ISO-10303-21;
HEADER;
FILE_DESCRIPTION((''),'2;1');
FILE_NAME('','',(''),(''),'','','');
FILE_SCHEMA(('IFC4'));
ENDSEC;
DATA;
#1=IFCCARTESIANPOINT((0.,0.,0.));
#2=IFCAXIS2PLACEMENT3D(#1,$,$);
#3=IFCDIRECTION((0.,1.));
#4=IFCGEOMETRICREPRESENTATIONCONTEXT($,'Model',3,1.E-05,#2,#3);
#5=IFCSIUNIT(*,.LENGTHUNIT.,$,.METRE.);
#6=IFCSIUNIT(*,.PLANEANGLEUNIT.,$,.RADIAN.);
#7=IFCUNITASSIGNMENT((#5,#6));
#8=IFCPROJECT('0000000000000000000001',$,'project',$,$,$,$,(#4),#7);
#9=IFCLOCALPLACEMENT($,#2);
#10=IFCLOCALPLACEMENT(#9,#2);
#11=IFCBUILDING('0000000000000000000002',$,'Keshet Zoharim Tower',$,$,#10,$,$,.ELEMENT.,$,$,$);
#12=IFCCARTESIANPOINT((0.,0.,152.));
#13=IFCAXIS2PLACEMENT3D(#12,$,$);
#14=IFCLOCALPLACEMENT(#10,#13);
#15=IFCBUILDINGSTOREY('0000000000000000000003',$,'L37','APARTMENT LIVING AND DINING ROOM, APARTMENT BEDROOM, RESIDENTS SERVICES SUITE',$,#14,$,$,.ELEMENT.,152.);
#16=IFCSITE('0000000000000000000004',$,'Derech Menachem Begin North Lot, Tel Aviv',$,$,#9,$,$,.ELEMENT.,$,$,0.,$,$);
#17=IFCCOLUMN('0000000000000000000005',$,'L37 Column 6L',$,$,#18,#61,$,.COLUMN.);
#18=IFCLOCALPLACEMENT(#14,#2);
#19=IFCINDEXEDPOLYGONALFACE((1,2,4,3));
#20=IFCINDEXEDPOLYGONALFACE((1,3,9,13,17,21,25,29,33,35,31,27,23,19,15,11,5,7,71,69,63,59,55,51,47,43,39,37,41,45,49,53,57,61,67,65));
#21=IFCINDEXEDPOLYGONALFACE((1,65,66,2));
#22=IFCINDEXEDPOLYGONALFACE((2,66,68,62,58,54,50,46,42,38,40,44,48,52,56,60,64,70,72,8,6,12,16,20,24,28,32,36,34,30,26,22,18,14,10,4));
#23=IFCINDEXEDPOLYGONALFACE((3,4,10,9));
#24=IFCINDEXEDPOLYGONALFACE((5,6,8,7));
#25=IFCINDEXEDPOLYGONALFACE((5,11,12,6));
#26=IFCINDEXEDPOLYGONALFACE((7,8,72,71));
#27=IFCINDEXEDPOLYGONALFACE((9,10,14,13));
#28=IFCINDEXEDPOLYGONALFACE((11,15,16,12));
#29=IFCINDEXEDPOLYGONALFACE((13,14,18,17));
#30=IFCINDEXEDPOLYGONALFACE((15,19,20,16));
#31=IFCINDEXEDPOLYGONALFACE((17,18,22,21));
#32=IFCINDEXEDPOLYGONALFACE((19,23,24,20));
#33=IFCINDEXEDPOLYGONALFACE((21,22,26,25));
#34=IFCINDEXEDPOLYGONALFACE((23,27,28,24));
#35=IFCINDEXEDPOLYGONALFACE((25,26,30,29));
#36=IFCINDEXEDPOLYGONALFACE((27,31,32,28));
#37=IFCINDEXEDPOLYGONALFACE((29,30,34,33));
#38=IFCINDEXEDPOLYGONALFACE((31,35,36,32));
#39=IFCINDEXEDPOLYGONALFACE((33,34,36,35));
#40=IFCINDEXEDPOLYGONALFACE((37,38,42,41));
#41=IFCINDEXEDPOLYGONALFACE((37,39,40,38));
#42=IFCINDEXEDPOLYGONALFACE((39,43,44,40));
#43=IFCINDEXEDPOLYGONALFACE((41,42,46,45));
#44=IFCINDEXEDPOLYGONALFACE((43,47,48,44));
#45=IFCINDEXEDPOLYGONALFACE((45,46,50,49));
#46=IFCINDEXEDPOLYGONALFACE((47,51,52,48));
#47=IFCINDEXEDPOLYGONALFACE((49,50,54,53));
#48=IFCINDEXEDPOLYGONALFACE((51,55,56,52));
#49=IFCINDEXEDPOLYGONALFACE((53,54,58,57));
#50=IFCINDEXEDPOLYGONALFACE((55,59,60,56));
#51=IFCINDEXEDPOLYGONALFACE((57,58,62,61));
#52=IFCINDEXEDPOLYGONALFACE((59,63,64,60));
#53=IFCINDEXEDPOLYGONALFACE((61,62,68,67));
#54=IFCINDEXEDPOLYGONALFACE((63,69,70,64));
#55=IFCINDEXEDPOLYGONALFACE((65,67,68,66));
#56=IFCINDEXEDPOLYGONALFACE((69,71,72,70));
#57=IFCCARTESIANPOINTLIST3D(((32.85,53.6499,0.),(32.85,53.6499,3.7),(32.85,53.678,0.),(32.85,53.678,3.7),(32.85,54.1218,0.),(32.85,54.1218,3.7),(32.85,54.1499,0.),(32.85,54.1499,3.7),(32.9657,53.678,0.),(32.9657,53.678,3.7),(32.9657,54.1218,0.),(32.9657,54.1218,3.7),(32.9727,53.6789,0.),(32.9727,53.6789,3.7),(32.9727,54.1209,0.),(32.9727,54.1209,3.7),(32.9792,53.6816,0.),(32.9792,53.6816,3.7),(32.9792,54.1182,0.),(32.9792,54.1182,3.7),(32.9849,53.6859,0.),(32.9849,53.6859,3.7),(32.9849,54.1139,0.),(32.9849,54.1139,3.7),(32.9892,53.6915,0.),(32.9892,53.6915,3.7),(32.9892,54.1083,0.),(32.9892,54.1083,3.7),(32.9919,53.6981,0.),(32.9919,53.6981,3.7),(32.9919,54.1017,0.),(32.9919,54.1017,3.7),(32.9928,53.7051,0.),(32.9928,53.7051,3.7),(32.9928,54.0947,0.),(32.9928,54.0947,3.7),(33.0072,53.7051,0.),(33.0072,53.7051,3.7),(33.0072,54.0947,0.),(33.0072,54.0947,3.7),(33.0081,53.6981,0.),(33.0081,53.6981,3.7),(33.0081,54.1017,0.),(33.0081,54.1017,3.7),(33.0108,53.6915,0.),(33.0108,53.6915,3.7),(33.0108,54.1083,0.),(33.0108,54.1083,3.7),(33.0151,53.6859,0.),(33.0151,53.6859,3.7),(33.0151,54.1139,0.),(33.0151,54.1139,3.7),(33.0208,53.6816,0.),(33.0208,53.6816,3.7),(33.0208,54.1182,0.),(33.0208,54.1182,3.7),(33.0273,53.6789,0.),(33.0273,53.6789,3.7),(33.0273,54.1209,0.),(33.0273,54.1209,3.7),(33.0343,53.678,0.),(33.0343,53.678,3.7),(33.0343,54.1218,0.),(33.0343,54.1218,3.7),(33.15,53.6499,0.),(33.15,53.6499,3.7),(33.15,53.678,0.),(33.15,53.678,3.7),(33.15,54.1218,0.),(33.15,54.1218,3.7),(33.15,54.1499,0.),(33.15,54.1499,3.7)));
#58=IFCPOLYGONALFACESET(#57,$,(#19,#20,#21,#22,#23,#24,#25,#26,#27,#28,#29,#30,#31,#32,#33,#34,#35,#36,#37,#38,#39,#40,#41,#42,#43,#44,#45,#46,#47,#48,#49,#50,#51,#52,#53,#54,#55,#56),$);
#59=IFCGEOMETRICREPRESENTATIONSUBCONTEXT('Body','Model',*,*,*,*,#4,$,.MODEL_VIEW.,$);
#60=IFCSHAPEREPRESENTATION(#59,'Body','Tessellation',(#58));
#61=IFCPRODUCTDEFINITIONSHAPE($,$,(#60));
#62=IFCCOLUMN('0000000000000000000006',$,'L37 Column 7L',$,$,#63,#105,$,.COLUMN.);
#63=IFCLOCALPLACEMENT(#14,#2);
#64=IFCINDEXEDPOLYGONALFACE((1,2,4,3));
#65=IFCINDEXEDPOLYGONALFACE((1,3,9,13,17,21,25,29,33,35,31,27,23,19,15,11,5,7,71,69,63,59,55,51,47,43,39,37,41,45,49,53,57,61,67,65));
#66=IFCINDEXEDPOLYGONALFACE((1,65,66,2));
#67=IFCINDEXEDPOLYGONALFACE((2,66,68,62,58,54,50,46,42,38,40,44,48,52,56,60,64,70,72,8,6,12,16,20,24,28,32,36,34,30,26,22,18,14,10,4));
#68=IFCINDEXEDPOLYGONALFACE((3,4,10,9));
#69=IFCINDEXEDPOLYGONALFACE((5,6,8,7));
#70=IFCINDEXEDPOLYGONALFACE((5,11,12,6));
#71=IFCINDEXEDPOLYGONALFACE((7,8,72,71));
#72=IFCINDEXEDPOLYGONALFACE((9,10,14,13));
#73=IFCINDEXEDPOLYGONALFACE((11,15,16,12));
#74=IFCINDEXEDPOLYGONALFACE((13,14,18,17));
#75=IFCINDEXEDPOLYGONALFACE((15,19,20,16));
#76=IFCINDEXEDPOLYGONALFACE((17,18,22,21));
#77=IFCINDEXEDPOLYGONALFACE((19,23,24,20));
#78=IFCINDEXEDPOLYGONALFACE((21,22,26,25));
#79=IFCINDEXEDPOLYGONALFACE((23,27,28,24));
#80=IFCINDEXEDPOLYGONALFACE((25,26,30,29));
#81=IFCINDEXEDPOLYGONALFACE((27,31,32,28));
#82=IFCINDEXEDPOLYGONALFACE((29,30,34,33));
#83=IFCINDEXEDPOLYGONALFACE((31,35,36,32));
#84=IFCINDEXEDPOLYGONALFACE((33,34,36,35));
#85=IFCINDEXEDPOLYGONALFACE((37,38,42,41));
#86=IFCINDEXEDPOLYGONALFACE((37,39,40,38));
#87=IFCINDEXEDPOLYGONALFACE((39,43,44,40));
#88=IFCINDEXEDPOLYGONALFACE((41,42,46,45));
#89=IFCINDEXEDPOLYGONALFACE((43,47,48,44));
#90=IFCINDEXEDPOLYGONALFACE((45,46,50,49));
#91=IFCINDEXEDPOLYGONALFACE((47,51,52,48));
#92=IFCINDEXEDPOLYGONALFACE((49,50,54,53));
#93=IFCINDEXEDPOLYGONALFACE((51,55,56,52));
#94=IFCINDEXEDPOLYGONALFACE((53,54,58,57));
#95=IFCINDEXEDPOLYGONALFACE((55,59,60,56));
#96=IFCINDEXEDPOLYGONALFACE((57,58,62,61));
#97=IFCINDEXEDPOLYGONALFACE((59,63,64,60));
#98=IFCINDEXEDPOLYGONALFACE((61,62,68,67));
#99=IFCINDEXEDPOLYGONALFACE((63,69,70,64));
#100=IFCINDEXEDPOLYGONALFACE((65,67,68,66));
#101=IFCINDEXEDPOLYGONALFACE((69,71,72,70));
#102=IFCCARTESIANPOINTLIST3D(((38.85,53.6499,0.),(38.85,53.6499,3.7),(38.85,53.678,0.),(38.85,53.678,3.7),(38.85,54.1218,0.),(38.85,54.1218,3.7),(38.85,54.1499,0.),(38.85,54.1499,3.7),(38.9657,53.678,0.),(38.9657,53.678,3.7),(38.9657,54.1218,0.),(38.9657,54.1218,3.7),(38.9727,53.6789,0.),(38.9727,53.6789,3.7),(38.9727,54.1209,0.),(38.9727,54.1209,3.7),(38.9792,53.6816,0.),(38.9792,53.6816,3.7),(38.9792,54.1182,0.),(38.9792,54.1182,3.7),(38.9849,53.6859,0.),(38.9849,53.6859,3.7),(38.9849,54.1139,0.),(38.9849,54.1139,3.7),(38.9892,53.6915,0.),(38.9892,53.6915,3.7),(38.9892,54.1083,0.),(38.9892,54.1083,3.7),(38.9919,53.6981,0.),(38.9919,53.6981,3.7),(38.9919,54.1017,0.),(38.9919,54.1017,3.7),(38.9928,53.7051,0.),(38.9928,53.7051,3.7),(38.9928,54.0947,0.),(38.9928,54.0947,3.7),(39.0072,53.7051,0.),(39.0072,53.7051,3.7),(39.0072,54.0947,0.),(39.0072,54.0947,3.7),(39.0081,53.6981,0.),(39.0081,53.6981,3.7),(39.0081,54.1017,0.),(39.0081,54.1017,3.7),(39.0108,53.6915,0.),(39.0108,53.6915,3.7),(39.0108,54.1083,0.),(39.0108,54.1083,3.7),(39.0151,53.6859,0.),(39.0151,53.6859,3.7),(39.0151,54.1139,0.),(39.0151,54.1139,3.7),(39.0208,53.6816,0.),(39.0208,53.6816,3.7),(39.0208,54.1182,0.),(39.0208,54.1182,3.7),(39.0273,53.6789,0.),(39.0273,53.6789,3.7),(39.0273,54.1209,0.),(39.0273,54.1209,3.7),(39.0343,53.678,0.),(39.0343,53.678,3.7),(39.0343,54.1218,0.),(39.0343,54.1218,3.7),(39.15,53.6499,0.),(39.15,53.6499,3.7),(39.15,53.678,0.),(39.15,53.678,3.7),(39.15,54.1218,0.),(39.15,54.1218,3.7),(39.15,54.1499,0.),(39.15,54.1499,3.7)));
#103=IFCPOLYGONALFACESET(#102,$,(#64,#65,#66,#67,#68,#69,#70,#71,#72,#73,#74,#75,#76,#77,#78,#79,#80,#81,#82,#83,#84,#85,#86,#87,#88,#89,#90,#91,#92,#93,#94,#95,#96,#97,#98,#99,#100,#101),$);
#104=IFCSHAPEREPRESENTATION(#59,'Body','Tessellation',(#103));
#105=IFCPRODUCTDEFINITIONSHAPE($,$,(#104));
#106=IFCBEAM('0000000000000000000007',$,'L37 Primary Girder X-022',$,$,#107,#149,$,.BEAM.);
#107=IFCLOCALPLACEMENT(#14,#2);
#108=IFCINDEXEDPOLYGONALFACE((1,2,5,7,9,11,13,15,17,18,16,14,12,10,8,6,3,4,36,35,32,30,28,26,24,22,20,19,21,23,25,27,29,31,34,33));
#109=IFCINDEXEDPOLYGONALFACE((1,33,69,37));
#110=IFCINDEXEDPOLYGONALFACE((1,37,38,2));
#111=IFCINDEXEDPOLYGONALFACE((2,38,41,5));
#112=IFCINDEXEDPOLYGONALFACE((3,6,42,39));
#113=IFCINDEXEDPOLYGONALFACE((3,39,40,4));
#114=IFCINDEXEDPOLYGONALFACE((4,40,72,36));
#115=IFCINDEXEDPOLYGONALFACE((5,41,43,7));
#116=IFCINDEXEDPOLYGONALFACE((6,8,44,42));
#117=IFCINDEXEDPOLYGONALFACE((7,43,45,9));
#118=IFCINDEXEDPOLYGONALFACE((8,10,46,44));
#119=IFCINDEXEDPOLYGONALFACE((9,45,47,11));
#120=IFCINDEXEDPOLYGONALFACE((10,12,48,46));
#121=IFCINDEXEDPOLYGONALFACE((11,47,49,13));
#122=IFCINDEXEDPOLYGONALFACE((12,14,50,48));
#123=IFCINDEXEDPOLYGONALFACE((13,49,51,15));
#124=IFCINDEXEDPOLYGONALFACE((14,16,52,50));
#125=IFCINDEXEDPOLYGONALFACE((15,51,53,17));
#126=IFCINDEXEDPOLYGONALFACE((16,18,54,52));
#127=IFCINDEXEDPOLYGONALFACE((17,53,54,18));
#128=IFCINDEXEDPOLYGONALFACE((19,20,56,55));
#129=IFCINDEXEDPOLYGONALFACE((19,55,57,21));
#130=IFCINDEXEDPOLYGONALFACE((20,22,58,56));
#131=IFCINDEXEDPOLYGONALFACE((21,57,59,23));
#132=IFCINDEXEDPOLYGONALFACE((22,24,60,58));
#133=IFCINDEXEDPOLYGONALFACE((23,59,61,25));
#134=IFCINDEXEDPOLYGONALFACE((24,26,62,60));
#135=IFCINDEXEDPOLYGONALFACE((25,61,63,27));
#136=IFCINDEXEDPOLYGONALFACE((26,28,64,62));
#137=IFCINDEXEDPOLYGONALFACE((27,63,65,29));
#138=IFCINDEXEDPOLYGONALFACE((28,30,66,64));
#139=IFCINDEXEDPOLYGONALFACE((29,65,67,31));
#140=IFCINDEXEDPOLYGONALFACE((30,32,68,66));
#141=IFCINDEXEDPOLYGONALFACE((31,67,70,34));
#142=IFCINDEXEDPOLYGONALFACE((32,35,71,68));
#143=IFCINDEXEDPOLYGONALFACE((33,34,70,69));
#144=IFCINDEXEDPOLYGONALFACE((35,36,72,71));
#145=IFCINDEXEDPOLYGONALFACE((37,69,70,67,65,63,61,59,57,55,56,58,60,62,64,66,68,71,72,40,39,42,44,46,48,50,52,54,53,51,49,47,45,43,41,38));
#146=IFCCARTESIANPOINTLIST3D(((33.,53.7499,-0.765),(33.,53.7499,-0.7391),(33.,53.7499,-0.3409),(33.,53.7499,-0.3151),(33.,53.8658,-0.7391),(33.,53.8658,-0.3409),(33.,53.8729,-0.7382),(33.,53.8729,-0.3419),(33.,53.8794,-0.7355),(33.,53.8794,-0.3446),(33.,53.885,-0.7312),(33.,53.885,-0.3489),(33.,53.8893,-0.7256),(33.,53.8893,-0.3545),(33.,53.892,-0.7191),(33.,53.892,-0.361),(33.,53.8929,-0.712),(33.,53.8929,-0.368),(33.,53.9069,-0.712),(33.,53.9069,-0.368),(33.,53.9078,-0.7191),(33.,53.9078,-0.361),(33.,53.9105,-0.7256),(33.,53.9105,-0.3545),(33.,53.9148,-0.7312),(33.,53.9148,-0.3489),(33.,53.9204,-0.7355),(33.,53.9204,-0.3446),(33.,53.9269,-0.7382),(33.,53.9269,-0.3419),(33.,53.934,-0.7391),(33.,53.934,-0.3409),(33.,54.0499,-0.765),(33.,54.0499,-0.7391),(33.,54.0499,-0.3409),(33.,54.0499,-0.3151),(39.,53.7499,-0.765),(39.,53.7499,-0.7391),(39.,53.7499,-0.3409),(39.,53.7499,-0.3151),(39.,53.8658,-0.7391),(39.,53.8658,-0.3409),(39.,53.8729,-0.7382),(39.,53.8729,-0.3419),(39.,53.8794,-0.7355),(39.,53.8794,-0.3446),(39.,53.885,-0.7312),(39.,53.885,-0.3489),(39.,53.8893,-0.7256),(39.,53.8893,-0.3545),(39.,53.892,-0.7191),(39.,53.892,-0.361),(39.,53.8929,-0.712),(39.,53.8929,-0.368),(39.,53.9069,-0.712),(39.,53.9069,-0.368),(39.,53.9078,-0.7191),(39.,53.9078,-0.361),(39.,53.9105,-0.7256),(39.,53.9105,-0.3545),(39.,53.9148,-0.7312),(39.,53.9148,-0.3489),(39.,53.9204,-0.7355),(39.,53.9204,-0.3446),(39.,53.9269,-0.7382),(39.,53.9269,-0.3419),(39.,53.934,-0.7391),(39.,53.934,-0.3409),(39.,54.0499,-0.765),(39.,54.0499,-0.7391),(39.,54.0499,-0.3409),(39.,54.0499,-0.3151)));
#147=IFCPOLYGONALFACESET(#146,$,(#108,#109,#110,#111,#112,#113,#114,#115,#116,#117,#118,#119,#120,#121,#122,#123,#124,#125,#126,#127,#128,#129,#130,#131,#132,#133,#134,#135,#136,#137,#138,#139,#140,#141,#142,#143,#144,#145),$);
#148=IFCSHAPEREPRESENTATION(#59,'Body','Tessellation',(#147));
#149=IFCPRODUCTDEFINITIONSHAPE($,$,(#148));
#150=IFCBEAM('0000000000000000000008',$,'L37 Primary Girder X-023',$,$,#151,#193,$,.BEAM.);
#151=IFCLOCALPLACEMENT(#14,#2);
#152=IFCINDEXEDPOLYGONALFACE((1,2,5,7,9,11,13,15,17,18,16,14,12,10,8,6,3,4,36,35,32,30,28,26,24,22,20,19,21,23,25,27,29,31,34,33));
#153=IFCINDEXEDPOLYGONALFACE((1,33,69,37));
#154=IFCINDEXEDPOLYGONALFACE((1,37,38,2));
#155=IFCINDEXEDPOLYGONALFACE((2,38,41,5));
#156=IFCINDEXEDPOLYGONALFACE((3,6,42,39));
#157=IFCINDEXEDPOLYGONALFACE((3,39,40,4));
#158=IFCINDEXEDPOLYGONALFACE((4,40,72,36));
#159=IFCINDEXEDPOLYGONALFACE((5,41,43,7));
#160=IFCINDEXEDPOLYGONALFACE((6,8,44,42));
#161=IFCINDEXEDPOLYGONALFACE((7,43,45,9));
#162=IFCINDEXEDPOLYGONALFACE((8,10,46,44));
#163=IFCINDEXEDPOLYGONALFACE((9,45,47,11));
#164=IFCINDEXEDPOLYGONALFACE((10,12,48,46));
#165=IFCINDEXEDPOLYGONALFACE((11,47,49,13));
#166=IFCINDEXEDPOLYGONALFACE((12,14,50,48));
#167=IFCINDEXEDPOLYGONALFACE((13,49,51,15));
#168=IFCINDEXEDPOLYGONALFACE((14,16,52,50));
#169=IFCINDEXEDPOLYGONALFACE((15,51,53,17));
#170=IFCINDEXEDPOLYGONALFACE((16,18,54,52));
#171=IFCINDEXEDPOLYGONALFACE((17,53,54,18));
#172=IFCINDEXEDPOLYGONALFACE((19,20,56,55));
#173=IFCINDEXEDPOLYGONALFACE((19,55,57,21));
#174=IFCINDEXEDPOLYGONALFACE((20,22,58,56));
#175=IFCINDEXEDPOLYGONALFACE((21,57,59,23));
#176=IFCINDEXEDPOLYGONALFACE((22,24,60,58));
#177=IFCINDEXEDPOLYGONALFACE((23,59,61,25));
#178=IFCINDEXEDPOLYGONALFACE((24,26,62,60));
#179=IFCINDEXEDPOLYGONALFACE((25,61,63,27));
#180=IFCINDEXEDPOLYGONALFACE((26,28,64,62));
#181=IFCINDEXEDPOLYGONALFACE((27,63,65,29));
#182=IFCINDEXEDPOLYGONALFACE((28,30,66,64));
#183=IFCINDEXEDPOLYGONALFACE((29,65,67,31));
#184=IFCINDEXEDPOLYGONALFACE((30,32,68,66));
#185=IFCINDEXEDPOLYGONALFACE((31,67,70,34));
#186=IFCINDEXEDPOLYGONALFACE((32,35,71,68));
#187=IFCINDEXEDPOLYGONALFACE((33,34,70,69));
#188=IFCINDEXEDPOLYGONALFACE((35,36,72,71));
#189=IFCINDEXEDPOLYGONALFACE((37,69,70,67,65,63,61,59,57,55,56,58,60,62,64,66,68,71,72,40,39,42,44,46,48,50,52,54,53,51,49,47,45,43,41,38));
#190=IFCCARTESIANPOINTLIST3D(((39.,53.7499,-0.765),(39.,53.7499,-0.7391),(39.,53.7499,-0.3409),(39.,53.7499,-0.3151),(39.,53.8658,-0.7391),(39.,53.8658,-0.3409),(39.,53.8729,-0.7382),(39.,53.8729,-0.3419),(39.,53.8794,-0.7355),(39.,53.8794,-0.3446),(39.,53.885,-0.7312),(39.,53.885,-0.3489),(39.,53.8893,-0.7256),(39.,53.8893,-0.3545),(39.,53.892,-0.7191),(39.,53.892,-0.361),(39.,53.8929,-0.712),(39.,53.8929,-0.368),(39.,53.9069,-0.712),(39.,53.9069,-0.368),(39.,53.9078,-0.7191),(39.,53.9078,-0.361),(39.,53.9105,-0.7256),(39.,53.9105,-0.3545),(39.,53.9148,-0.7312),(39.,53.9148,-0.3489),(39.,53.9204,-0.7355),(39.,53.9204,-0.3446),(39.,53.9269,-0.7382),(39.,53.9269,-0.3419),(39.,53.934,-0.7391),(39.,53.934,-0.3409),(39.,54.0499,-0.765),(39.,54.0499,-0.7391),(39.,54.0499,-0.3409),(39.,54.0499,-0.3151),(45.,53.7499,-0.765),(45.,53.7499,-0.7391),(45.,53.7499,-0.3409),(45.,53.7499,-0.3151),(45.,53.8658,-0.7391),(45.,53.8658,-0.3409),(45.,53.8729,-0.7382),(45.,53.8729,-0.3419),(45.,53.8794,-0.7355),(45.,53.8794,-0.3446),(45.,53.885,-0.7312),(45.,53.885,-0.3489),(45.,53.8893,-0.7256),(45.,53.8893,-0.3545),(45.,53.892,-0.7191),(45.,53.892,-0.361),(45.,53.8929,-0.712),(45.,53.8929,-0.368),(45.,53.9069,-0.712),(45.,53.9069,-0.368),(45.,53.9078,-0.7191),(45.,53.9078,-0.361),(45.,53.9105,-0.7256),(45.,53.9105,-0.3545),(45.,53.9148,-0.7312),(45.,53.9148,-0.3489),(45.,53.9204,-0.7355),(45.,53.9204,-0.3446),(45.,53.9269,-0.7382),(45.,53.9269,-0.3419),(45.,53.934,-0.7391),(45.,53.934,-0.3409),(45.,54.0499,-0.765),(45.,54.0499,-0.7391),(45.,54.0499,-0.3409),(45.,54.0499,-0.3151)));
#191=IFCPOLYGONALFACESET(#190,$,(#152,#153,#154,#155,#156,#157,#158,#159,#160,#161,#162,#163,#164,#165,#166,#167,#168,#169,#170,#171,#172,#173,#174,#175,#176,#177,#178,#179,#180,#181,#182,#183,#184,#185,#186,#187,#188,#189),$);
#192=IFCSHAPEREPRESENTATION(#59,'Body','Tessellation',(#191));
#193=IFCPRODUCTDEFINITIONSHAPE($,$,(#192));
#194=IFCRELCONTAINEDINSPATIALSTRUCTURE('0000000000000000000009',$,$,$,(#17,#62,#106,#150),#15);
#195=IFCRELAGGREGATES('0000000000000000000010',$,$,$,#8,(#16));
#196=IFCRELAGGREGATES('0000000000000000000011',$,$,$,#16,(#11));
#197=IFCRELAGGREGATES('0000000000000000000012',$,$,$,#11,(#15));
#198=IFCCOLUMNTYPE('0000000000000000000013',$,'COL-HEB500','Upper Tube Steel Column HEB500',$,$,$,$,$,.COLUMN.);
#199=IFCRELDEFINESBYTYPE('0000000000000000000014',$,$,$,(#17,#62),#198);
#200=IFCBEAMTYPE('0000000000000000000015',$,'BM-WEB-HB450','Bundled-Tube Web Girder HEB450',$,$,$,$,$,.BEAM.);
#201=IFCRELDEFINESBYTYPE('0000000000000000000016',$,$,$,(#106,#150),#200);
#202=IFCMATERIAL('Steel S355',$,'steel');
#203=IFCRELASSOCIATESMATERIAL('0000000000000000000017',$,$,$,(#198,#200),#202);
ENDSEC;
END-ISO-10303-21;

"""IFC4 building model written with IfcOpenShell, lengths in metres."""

from ifc_helpers import new_model, si_unit, direction, frame, origin, origin_2d, place, context, subcontext, project, spatial, i_section, extrude, material, material_profile, profile_set, type_object, element, save


model = new_model("IFC4")

# Units and contexts
model_context = context("Model", 3, precision=1e-05, world=origin(), true_north=direction((0.0, 1.0)))
body_context = subcontext(model_context, "Body", "Model", "MODEL_VIEW")
ifc_project = project(units=[si_unit("LENGTHUNIT", "METRE"), si_unit("PLANEANGLEUNIT", "RADIAN")], contexts=[model_context])

# Site, building, storey
site_placement = place(None, origin())
site = spatial("IfcSite", under=ifc_project, at=site_placement, Name="Derech Menachem Begin North Lot, Tel Aviv", CompositionType="ELEMENT", RefElevation=0.0)
building_placement = place(site_placement, origin())
building = spatial("IfcBuilding", under=site, at=building_placement, Name="Keshet Zoharim Tower", CompositionType="ELEMENT")
storey_placement = place(building_placement, frame((0.0, 0.0, 152.0)))
storey = spatial("IfcBuildingStorey", under=building, at=storey_placement, Name="L37", Description="APARTMENT LIVING AND DINING ROOM, APARTMENT BEDROOM, RESIDENTS SERVICES SUITE", CompositionType="ELEMENT", Elevation=152.0)

# Columns
ifc_material_1 = material(Name="Steel S355", Category="steel")
ifc_material_profile_1 = material_profile(ifc_material_1, i_section(OverallWidth=0.3, OverallDepth=0.5, WebThickness=0.0144, FlangeThickness=0.0281, FilletRadius=0.0271, at=origin_2d()), Name="HEB500")
ifc_profile_set_1 = profile_set([ifc_material_profile_1], Name="Steel S355")
column_type = type_object("IfcColumnType", Name="COL-HEB500", Description="Upper Tube Steel Column HEB500", PredefinedType="COLUMN", material=ifc_profile_set_1)
for number, where, z_axis, x_axis, name in (
    (1, (33.0, 53.8999, 0.0), (0.0, 0.0, 1.0), (1.0, 0.0, 0.0), "L37 Column 6L"),
    (2, (39.0, 53.8999, 0.0), (0.0, 0.0, 1.0), (1.0, 0.0, 0.0), "L37 Column 7L"),
):
    element("IfcColumn", number, at=place(storey_placement, frame(where, z_axis=z_axis, x_axis=x_axis)), inside=storey, type_object=column_type, Name=name, PredefinedType="COLUMN", context=body_context, shape_type="SweptSolid", body=[
        extrude(i_section(OverallWidth=0.3, OverallDepth=0.5, WebThickness=0.0144, FlangeThickness=0.0281, FilletRadius=0.0271, at=origin_2d()), origin(), (0.0, 0.0, 1.0), 3.7),
    ])

# Beams
ifc_material_profile_2 = material_profile(ifc_material_1, i_section(OverallWidth=0.3, OverallDepth=0.45, WebThickness=0.0139, FlangeThickness=0.0259, FilletRadius=0.0271, at=origin_2d()), Name="HEB450")
ifc_profile_set_2 = profile_set([ifc_material_profile_2], Name="Steel S355")
beam_type = type_object("IfcBeamType", Name="BM-WEB-HB450", Description="Bundled-Tube Web Girder HEB450", PredefinedType="BEAM", material=ifc_profile_set_2)
for number, where, z_axis, x_axis, name in (
    (3, (33.0, 53.8999, -0.54), (1.0, 0.0, 0.0), (0.0, 1.0, 0.0), "L37 Primary Girder X-022"),
    (4, (39.0, 53.8999, -0.54), (1.0, 0.0, 0.0), (0.0, 1.0, 0.0), "L37 Primary Girder X-023"),
):
    element("IfcBeam", number, at=place(storey_placement, frame(where, z_axis=z_axis, x_axis=x_axis)), inside=storey, type_object=beam_type, Name=name, PredefinedType="BEAM", context=body_context, shape_type="SweptSolid", body=[
        extrude(i_section(OverallWidth=0.3, OverallDepth=0.45, WebThickness=0.0139, FlangeThickness=0.0259, FilletRadius=0.0271, at=origin_2d()), origin(), (0.0, 0.0, 1.0), 6.0),
    ])

save(model, "model.ifc")
